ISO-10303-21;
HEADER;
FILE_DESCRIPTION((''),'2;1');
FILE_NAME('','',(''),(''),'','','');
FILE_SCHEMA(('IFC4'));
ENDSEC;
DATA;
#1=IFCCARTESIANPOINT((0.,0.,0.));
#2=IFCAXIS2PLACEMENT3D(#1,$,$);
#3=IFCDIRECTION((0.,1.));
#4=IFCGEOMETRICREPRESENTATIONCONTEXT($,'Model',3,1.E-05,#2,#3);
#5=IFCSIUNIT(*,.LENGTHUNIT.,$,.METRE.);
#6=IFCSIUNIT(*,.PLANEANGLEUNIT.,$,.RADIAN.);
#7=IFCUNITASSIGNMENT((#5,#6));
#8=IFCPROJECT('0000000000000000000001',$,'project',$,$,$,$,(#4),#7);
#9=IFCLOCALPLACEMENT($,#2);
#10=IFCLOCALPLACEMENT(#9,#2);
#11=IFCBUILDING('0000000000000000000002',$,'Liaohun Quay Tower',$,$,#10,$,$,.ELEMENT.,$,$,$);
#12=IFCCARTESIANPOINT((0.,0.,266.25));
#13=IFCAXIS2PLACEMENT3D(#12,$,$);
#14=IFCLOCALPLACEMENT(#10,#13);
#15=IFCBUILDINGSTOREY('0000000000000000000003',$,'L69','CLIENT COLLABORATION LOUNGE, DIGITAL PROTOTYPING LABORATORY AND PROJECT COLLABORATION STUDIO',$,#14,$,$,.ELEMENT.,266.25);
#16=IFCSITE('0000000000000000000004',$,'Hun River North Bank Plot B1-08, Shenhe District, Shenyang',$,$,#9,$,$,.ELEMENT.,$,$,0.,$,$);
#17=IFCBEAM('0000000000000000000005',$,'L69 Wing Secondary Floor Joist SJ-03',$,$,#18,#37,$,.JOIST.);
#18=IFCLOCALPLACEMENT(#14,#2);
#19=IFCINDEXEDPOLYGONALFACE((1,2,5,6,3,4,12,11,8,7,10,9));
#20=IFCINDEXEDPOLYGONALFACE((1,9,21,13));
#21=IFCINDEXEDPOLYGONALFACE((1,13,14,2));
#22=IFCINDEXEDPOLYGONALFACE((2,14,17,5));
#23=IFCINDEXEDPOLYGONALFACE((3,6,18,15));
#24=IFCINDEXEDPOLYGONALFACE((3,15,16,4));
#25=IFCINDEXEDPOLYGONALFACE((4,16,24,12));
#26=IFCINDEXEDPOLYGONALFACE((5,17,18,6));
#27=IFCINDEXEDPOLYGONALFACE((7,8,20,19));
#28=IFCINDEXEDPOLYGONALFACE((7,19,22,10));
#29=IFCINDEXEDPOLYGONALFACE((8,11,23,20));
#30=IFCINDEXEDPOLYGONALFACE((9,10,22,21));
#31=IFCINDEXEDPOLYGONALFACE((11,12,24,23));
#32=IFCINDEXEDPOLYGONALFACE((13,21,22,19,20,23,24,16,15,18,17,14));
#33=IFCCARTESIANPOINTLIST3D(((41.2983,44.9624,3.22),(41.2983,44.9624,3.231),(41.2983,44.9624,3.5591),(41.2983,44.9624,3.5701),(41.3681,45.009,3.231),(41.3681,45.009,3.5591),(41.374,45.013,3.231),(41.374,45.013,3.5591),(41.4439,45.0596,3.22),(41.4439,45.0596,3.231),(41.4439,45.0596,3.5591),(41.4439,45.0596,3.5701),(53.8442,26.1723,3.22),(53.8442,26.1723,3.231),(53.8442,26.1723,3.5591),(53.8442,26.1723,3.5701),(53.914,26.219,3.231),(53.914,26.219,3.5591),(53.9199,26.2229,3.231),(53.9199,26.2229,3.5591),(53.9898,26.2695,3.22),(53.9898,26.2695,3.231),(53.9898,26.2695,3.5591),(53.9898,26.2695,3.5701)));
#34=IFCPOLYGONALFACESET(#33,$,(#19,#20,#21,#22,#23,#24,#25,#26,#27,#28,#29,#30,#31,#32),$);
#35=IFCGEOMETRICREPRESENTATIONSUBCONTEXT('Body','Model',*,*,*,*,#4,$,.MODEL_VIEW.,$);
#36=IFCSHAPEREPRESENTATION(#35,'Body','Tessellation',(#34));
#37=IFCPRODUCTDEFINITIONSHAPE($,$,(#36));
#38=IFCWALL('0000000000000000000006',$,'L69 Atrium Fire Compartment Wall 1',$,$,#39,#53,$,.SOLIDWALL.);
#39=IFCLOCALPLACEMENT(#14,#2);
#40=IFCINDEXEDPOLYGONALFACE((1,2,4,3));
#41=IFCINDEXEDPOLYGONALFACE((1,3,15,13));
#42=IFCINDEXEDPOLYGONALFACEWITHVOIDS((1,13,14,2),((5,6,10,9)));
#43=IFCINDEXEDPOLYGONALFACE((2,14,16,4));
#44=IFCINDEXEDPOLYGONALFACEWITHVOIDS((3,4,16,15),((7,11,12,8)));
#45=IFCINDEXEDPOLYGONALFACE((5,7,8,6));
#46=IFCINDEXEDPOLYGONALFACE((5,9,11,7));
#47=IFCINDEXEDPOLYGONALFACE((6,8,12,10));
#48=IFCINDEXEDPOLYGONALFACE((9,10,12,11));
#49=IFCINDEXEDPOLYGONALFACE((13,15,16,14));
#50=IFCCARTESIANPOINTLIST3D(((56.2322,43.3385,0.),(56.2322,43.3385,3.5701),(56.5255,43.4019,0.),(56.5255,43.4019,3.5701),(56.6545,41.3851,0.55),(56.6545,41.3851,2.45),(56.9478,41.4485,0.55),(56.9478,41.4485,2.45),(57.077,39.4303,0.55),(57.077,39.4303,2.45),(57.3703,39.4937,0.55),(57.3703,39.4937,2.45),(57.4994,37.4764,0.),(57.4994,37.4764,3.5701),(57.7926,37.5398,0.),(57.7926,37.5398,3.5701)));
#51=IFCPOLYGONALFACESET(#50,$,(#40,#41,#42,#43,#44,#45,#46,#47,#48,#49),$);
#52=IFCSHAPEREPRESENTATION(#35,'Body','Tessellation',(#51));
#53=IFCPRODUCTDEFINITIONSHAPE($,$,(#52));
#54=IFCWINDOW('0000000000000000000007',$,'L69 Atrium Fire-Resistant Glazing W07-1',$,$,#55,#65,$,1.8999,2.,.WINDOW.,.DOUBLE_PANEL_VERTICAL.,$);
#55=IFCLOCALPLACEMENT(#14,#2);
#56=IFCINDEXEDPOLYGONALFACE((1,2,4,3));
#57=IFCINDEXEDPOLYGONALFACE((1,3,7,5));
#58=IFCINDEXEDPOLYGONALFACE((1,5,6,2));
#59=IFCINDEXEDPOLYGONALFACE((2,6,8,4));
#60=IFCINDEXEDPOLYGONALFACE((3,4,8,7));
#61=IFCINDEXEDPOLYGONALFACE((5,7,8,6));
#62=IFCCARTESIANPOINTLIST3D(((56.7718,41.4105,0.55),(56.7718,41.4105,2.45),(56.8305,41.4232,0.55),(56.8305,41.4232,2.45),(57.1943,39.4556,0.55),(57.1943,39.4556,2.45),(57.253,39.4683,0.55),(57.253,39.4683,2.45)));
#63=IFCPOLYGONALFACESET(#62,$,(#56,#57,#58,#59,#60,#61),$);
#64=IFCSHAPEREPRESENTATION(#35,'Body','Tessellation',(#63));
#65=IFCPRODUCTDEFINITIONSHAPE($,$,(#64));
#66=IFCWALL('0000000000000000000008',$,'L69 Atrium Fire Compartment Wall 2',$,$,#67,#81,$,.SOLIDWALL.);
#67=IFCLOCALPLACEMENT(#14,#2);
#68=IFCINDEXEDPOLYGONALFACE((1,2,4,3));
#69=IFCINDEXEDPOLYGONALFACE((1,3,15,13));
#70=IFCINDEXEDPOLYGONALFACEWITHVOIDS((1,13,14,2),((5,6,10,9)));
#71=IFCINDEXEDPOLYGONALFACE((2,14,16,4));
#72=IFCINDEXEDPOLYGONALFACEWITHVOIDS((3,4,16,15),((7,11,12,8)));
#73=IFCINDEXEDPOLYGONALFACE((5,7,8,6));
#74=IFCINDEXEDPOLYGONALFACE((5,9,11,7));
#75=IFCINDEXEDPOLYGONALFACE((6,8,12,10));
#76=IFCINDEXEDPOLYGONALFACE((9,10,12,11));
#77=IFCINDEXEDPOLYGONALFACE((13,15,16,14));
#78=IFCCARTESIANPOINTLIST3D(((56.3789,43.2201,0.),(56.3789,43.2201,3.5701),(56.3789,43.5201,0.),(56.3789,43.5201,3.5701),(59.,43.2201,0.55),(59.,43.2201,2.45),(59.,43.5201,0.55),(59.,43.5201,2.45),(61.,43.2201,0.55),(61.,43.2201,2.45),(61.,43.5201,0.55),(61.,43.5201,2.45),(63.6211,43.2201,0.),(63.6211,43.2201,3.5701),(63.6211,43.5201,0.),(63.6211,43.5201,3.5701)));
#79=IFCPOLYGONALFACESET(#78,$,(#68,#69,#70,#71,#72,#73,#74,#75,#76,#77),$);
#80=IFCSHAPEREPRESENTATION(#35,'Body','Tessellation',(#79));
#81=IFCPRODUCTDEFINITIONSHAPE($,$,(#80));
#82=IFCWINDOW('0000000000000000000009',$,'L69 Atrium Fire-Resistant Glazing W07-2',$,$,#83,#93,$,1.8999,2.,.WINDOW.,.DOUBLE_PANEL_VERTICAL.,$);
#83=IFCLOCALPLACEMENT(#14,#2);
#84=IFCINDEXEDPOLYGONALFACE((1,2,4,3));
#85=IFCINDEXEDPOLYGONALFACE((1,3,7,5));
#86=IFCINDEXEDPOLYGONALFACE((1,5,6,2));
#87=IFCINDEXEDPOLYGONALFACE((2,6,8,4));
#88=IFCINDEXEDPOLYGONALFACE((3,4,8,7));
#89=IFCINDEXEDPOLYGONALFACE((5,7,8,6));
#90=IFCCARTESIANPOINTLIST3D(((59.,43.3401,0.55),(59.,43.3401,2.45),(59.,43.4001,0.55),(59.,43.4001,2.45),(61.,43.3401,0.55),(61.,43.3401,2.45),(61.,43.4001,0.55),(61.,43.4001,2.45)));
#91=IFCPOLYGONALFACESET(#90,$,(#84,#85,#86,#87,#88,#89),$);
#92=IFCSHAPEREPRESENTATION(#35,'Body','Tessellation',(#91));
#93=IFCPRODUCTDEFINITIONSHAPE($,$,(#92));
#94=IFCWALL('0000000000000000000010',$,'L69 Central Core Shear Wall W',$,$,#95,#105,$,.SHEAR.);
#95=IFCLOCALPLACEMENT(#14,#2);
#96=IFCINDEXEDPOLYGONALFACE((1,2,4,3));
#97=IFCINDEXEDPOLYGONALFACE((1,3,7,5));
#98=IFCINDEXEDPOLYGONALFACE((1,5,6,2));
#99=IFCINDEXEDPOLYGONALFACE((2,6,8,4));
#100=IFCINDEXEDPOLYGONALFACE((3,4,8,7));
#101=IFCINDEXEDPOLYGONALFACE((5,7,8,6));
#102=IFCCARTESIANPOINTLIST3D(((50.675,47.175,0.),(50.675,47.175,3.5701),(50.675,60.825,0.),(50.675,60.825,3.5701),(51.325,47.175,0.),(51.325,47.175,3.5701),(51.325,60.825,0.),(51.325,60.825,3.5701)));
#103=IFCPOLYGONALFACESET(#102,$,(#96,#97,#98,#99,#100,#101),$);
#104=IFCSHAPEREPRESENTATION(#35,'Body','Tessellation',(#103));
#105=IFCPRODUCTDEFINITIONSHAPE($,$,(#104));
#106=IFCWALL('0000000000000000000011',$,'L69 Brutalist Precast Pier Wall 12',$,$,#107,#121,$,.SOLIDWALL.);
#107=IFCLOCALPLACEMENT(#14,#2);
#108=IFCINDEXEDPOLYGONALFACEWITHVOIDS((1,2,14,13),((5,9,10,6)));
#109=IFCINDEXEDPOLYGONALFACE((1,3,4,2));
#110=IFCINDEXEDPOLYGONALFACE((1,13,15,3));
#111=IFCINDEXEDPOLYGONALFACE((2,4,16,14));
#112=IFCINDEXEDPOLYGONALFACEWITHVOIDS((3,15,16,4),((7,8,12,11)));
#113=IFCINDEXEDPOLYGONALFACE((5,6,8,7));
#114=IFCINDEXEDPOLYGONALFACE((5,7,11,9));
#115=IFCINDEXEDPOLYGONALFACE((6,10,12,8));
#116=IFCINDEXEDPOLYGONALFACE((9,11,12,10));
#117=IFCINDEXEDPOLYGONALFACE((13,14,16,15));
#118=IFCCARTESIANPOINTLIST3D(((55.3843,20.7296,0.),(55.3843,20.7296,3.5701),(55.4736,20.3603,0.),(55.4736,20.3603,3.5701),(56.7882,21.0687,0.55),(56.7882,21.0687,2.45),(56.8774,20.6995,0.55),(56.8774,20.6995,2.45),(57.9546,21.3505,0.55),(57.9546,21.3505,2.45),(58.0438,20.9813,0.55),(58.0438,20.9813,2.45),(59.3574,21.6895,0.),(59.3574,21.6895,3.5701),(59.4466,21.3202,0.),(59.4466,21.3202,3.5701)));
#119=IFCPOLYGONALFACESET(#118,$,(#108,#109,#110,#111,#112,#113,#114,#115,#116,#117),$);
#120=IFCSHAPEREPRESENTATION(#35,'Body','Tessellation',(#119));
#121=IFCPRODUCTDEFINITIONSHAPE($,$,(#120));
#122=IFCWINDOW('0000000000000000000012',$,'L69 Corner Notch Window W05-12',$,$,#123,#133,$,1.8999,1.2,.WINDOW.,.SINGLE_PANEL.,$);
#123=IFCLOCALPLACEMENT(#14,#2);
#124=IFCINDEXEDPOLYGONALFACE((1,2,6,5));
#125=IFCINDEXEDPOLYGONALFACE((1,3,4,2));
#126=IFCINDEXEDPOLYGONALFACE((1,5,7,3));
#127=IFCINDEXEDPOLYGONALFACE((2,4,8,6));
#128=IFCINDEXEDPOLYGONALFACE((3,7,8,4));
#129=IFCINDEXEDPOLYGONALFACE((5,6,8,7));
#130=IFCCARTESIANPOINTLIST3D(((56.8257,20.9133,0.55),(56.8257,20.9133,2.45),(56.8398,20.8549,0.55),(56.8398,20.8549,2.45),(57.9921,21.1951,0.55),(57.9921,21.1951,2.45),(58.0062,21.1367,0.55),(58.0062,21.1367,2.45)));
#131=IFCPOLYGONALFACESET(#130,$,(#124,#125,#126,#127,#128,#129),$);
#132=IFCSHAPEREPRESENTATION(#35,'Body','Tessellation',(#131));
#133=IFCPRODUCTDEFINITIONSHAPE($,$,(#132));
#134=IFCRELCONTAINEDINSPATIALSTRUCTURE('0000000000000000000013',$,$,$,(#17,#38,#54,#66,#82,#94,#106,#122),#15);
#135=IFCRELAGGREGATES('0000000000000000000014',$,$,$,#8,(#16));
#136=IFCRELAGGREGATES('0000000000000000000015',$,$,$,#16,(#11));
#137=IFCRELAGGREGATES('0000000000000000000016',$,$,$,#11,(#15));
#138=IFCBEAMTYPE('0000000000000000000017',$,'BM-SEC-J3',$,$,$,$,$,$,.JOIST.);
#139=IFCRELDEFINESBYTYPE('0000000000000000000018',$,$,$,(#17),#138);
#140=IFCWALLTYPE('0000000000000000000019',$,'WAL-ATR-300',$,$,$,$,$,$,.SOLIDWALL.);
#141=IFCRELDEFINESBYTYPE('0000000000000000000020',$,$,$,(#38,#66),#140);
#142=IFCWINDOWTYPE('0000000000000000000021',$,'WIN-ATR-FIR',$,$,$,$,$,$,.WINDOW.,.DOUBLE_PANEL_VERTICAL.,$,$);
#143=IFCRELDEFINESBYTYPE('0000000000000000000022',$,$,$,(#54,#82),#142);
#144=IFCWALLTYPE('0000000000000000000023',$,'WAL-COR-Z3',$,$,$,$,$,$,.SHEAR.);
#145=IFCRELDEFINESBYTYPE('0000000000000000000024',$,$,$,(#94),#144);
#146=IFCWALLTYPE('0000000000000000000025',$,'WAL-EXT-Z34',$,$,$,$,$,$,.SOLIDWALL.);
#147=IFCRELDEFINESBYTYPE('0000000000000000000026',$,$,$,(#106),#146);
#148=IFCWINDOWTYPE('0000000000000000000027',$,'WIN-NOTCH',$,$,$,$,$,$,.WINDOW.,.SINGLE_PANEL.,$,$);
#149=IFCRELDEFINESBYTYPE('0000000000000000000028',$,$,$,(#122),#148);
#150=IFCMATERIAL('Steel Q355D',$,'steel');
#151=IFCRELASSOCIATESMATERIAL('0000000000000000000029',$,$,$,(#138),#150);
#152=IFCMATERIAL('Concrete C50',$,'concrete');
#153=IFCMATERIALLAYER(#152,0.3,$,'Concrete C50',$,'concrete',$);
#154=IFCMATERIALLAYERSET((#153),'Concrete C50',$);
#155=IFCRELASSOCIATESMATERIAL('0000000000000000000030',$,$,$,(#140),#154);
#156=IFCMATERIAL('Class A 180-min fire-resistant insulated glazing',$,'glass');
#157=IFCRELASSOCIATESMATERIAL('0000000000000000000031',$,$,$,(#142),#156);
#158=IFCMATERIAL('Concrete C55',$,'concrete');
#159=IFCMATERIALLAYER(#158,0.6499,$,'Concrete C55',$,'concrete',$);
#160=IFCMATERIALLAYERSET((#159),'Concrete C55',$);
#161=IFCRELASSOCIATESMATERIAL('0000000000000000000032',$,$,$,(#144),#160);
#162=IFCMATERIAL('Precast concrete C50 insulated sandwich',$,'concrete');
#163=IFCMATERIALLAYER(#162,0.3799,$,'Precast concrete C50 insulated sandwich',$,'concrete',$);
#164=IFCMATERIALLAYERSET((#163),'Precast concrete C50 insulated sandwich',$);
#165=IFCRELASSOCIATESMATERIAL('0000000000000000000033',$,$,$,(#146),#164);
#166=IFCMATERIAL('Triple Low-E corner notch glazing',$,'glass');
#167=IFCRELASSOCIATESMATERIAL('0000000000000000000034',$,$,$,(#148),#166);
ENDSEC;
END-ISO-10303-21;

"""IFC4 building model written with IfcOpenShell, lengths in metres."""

from ifc_helpers import new_model, si_unit, direction, frame, frame_2d, origin, origin_2d, place, context, subcontext, project, spatial, rectangle, i_section, extrude, source, transform, mapped, material, layer, layer_set, material_profile, profile_set, type_object, element, fill, save


model = new_model("IFC4")

# Units and contexts
model_context = context("Model", 3, precision=1e-05, world=origin(), true_north=direction((0.0, 1.0)))
body_context = subcontext(model_context, "Body", "Model", "MODEL_VIEW")
ifc_project = project(units=[si_unit("LENGTHUNIT", "METRE"), si_unit("PLANEANGLEUNIT", "RADIAN")], contexts=[model_context])

# Site, building, storey
site_placement = place(None, origin())
site = spatial("IfcSite", under=ifc_project, at=site_placement, Name="Hun River North Bank Plot B1-08, Shenhe District, Shenyang", CompositionType="ELEMENT", RefElevation=0.0)
building_placement = place(site_placement, origin())
building = spatial("IfcBuilding", under=site, at=building_placement, Name="Liaohun Quay Tower", CompositionType="ELEMENT")
storey_placement = place(building_placement, frame((0.0, 0.0, 266.25)))
storey = spatial("IfcBuildingStorey", under=building, at=storey_placement, Name="L69", Description="CLIENT COLLABORATION LOUNGE, DIGITAL PROTOTYPING LABORATORY AND PROJECT COLLABORATION STUDIO", CompositionType="ELEMENT", Elevation=266.25)

# Shared definitions
ifc_material_1 = material(Name="Concrete C55", Category="concrete")

# Beam
ifc_material_2 = material(Name="Steel Q355D", Category="steel")
ifc_material_profile_1 = material_profile(ifc_material_2, i_section(OverallWidth=0.175, OverallDepth=0.3501, WebThickness=0.0071, FlangeThickness=0.011, at=origin_2d()), Name="HN350x175x7x11")
ifc_profile_set_1 = profile_set([ifc_material_profile_1], Name="Steel Q355D")
beam_type_1 = type_object("IfcBeamType", Name="BM-SEC-J3", PredefinedType="JOIST", material=ifc_profile_set_1)
shared_shape_1 = source(origin(), body_context, "Body", "SweptSolid", [
    extrude(i_section(OverallWidth=0.175, OverallDepth=0.3501, WebThickness=0.0071, FlangeThickness=0.011, at=origin_2d()), origin(), (0.0, 0.0, 1.0), 22.5935),
])
beam_1_placement = place(storey_placement, frame((53.917, 26.2209, 3.395), z_axis=(-0.555289, 0.831658, 0.0), x_axis=(-0.831658, -0.555289, 0.0)))
element("IfcBeam", 1, at=beam_1_placement, inside=storey, type_object=beam_type_1, Name="L69 Wing Secondary Floor Joist SJ-03", PredefinedType="JOIST", context=body_context, shape_type="MappedRepresentation", body=[
    mapped(shared_shape_1, transform((0.0, 0.0, 0.0), x_axis=(1.0, 0.0, 0.0), y_axis=(0.0, 1.0, 0.0), z_axis=(0.0, 0.0, 1.0), scale=1.0)),
])

# Walls, openings, windows
ifc_material_3 = material(Name="Concrete C50", Category="concrete")
ifc_layer_1 = layer(ifc_material_3, 0.3, Name="Concrete C50", Category="concrete")
ifc_layer_set_1 = layer_set([ifc_layer_1], Name="Concrete C50")
wall_type_1 = type_object("IfcWallType", Name="WAL-ATR-300", PredefinedType="SOLIDWALL", material=ifc_layer_set_1)
wall_1_placement = place(storey_placement, frame((57.646, 37.5081, 0.0), z_axis=(0.0, 0.0, 1.0), x_axis=(-0.211272, 0.977427, 0.0)))
wall_1 = element("IfcWall", 2, at=wall_1_placement, inside=storey, type_object=wall_type_1, Name="L69 Atrium Fire Compartment Wall 1", PredefinedType="SOLIDWALL", context=body_context, shape_type="SweptSolid", body=[
    extrude(rectangle(XDim=5.9976, YDim=0.3, at=frame_2d((2.9988, 0.0))), origin(), (0.0, 0.0, 1.0), 3.5701),
])
shared_shape_2 = source(origin(), body_context, "Body", "SweptSolid", [
    extrude(rectangle(XDim=2.0, YDim=1.8999, at=frame_2d((1.0, 0.95))), frame((0.0, 0.1599, 0.0), z_axis=(0.0, -1.0, 0.0), x_axis=(1.0, 0.0, 0.0)), (0.0, 0.0, 1.0), 0.3201),
])
opening_1_placement = place(wall_1_placement, frame((1.999, 0.0, 0.55)))
opening_1 = element("IfcOpeningElement", 3, at=opening_1_placement, cuts=wall_1, PredefinedType="OPENING", context=body_context, shape_type="MappedRepresentation", body=[
    mapped(shared_shape_2, transform((0.0, 0.0, 0.0), x_axis=(1.0, 0.0, 0.0), y_axis=(0.0, 1.0, 0.0), z_axis=(0.0, 0.0, 1.0), scale=1.0)),
])
ifc_material_4 = material(Name="Class A 180-min fire-resistant insulated glazing", Category="glass")
window_type_1 = type_object("IfcWindowType", Name="WIN-ATR-FIR", PartitioningType="DOUBLE_PANEL_VERTICAL", PredefinedType="WINDOW", material=ifc_material_4)
shared_shape_3 = source(origin(), body_context, "Body", "SweptSolid", [
    extrude(rectangle(XDim=2.0, YDim=1.8999, at=frame_2d((1.0, 0.95))), frame((0.0, 0.03, 0.0), z_axis=(0.0, -1.0, 0.0), x_axis=(1.0, 0.0, 0.0)), (0.0, 0.0, 1.0), 0.0601),
])
window_1_placement = place(opening_1_placement, origin())
window_1 = element("IfcWindow", 4, at=window_1_placement, inside=storey, type_object=window_type_1, Name="L69 Atrium Fire-Resistant Glazing W07-1", OverallHeight=1.8999, OverallWidth=2.0, PartitioningType="DOUBLE_PANEL_VERTICAL", PredefinedType="WINDOW", context=body_context, shape_type="MappedRepresentation", body=[
    mapped(shared_shape_3, transform((0.0, 0.0, 0.0), x_axis=(1.0, 0.0, 0.0), y_axis=(0.0, 1.0, 0.0), z_axis=(0.0, 0.0, 1.0), scale=1.0)),
])
fill(opening_1, window_1)
wall_2_placement = place(storey_placement, frame((56.3789, 43.3701, 0.0), z_axis=(0.0, 0.0, 1.0), x_axis=(1.0, 0.0, 0.0)))
wall_2 = element("IfcWall", 5, at=wall_2_placement, inside=storey, type_object=wall_type_1, Name="L69 Atrium Fire Compartment Wall 2", PredefinedType="SOLIDWALL", context=body_context, shape_type="SweptSolid", body=[
    extrude(rectangle(XDim=7.2422, YDim=0.3, at=frame_2d((3.6211, 0.0))), origin(), (0.0, 0.0, 1.0), 3.5701),
])
opening_2_placement = place(wall_2_placement, frame((2.6211, 0.0, 0.55)))
opening_2 = element("IfcOpeningElement", 6, at=opening_2_placement, cuts=wall_2, PredefinedType="OPENING", context=body_context, shape_type="MappedRepresentation", body=[
    mapped(shared_shape_2, transform((0.0, 0.0, 0.0), x_axis=(1.0, 0.0, 0.0), y_axis=(0.0, 1.0, 0.0), z_axis=(0.0, 0.0, 1.0), scale=1.0)),
])
window_2_placement = place(opening_2_placement, origin())
window_2 = element("IfcWindow", 7, at=window_2_placement, inside=storey, type_object=window_type_1, Name="L69 Atrium Fire-Resistant Glazing W07-2", OverallHeight=1.8999, OverallWidth=2.0, PartitioningType="DOUBLE_PANEL_VERTICAL", PredefinedType="WINDOW", context=body_context, shape_type="MappedRepresentation", body=[
    mapped(shared_shape_3, transform((0.0, 0.0, 0.0), x_axis=(1.0, 0.0, 0.0), y_axis=(0.0, 1.0, 0.0), z_axis=(0.0, 0.0, 1.0), scale=1.0)),
])
fill(opening_2, window_2)

# Wall
ifc_layer_2 = layer(ifc_material_1, 0.6499, Name="Concrete C55", Category="concrete")
ifc_layer_set_2 = layer_set([ifc_layer_2], Name="Concrete C55")
wall_type_2 = type_object("IfcWallType", Name="WAL-COR-Z3", PredefinedType="SHEAR", material=ifc_layer_set_2)
wall_3_placement = place(storey_placement, frame((51.0, 47.175, 0.0), z_axis=(0.0, 0.0, 1.0), x_axis=(0.0, 1.0, 0.0)))
element("IfcWall", 8, at=wall_3_placement, inside=storey, type_object=wall_type_2, Name="L69 Central Core Shear Wall W", PredefinedType="SHEAR", context=body_context, shape_type="SweptSolid", body=[
    extrude(rectangle(XDim=13.6499, YDim=0.6499, at=frame_2d((6.825, 0.0))), origin(), (0.0, 0.0, 1.0), 3.5701),
])

# Wall, opening, window
ifc_material_5 = material(Name="Precast concrete C50 insulated sandwich", Category="concrete")
ifc_layer_3 = layer(ifc_material_5, 0.3799, Name="Precast concrete C50 insulated sandwich", Category="concrete")
ifc_layer_set_3 = layer_set([ifc_layer_3], Name="Precast concrete C50 insulated sandwich")
wall_type_3 = type_object("IfcWallType", Name="WAL-EXT-Z34", PredefinedType="SOLIDWALL", material=ifc_layer_set_3)
wall_4_placement = place(storey_placement, frame((55.429, 20.5449, 0.0), z_axis=(0.0, 0.0, 1.0), x_axis=(0.972031, 0.234855, 0.0)))
wall_4 = element("IfcWall", 9, at=wall_4_placement, inside=storey, type_object=wall_type_3, Name="L69 Brutalist Precast Pier Wall 12", PredefinedType="SOLIDWALL", context=body_context, shape_type="SweptSolid", body=[
    extrude(rectangle(XDim=4.0874, YDim=0.3799, at=frame_2d((2.0437, 0.0))), origin(), (0.0, 0.0, 1.0), 3.5701),
])
shared_shape_4 = source(origin(), body_context, "Body", "SweptSolid", [
    extrude(rectangle(XDim=1.2, YDim=1.8999, at=frame_2d((0.6001, 0.95))), frame((0.0, 0.2, 0.0), z_axis=(0.0, -1.0, 0.0), x_axis=(1.0, 0.0, 0.0)), (0.0, 0.0, 1.0), 0.3999),
])
opening_3_placement = place(wall_4_placement, frame((1.4441, 0.0, 0.55)))
opening_3 = element("IfcOpeningElement", 10, at=opening_3_placement, cuts=wall_4, PredefinedType="OPENING", context=body_context, shape_type="MappedRepresentation", body=[
    mapped(shared_shape_4, transform((0.0, 0.0, 0.0), x_axis=(1.0, 0.0, 0.0), y_axis=(0.0, 1.0, 0.0), z_axis=(0.0, 0.0, 1.0), scale=1.0)),
])
ifc_material_6 = material(Name="Triple Low-E corner notch glazing", Category="glass")
window_type_2 = type_object("IfcWindowType", Name="WIN-NOTCH", PartitioningType="SINGLE_PANEL", PredefinedType="WINDOW", material=ifc_material_6)
shared_shape_5 = source(origin(), body_context, "Body", "SweptSolid", [
    extrude(rectangle(XDim=1.2, YDim=1.8999, at=frame_2d((0.6001, 0.95))), frame((0.0, 0.03, 0.0), z_axis=(0.0, -1.0, 0.0), x_axis=(1.0, 0.0, 0.0)), (0.0, 0.0, 1.0), 0.0601),
])
window_3_placement = place(opening_3_placement, origin())
window_3 = element("IfcWindow", 11, at=window_3_placement, inside=storey, type_object=window_type_2, Name="L69 Corner Notch Window W05-12", OverallHeight=1.8999, OverallWidth=1.2, PartitioningType="SINGLE_PANEL", PredefinedType="WINDOW", context=body_context, shape_type="MappedRepresentation", body=[
    mapped(shared_shape_5, transform((0.0, 0.0, 0.0), x_axis=(1.0, 0.0, 0.0), y_axis=(0.0, 1.0, 0.0), z_axis=(0.0, 0.0, 1.0), scale=1.0)),
])
fill(opening_3, window_3)

save(model, "model.ifc")
